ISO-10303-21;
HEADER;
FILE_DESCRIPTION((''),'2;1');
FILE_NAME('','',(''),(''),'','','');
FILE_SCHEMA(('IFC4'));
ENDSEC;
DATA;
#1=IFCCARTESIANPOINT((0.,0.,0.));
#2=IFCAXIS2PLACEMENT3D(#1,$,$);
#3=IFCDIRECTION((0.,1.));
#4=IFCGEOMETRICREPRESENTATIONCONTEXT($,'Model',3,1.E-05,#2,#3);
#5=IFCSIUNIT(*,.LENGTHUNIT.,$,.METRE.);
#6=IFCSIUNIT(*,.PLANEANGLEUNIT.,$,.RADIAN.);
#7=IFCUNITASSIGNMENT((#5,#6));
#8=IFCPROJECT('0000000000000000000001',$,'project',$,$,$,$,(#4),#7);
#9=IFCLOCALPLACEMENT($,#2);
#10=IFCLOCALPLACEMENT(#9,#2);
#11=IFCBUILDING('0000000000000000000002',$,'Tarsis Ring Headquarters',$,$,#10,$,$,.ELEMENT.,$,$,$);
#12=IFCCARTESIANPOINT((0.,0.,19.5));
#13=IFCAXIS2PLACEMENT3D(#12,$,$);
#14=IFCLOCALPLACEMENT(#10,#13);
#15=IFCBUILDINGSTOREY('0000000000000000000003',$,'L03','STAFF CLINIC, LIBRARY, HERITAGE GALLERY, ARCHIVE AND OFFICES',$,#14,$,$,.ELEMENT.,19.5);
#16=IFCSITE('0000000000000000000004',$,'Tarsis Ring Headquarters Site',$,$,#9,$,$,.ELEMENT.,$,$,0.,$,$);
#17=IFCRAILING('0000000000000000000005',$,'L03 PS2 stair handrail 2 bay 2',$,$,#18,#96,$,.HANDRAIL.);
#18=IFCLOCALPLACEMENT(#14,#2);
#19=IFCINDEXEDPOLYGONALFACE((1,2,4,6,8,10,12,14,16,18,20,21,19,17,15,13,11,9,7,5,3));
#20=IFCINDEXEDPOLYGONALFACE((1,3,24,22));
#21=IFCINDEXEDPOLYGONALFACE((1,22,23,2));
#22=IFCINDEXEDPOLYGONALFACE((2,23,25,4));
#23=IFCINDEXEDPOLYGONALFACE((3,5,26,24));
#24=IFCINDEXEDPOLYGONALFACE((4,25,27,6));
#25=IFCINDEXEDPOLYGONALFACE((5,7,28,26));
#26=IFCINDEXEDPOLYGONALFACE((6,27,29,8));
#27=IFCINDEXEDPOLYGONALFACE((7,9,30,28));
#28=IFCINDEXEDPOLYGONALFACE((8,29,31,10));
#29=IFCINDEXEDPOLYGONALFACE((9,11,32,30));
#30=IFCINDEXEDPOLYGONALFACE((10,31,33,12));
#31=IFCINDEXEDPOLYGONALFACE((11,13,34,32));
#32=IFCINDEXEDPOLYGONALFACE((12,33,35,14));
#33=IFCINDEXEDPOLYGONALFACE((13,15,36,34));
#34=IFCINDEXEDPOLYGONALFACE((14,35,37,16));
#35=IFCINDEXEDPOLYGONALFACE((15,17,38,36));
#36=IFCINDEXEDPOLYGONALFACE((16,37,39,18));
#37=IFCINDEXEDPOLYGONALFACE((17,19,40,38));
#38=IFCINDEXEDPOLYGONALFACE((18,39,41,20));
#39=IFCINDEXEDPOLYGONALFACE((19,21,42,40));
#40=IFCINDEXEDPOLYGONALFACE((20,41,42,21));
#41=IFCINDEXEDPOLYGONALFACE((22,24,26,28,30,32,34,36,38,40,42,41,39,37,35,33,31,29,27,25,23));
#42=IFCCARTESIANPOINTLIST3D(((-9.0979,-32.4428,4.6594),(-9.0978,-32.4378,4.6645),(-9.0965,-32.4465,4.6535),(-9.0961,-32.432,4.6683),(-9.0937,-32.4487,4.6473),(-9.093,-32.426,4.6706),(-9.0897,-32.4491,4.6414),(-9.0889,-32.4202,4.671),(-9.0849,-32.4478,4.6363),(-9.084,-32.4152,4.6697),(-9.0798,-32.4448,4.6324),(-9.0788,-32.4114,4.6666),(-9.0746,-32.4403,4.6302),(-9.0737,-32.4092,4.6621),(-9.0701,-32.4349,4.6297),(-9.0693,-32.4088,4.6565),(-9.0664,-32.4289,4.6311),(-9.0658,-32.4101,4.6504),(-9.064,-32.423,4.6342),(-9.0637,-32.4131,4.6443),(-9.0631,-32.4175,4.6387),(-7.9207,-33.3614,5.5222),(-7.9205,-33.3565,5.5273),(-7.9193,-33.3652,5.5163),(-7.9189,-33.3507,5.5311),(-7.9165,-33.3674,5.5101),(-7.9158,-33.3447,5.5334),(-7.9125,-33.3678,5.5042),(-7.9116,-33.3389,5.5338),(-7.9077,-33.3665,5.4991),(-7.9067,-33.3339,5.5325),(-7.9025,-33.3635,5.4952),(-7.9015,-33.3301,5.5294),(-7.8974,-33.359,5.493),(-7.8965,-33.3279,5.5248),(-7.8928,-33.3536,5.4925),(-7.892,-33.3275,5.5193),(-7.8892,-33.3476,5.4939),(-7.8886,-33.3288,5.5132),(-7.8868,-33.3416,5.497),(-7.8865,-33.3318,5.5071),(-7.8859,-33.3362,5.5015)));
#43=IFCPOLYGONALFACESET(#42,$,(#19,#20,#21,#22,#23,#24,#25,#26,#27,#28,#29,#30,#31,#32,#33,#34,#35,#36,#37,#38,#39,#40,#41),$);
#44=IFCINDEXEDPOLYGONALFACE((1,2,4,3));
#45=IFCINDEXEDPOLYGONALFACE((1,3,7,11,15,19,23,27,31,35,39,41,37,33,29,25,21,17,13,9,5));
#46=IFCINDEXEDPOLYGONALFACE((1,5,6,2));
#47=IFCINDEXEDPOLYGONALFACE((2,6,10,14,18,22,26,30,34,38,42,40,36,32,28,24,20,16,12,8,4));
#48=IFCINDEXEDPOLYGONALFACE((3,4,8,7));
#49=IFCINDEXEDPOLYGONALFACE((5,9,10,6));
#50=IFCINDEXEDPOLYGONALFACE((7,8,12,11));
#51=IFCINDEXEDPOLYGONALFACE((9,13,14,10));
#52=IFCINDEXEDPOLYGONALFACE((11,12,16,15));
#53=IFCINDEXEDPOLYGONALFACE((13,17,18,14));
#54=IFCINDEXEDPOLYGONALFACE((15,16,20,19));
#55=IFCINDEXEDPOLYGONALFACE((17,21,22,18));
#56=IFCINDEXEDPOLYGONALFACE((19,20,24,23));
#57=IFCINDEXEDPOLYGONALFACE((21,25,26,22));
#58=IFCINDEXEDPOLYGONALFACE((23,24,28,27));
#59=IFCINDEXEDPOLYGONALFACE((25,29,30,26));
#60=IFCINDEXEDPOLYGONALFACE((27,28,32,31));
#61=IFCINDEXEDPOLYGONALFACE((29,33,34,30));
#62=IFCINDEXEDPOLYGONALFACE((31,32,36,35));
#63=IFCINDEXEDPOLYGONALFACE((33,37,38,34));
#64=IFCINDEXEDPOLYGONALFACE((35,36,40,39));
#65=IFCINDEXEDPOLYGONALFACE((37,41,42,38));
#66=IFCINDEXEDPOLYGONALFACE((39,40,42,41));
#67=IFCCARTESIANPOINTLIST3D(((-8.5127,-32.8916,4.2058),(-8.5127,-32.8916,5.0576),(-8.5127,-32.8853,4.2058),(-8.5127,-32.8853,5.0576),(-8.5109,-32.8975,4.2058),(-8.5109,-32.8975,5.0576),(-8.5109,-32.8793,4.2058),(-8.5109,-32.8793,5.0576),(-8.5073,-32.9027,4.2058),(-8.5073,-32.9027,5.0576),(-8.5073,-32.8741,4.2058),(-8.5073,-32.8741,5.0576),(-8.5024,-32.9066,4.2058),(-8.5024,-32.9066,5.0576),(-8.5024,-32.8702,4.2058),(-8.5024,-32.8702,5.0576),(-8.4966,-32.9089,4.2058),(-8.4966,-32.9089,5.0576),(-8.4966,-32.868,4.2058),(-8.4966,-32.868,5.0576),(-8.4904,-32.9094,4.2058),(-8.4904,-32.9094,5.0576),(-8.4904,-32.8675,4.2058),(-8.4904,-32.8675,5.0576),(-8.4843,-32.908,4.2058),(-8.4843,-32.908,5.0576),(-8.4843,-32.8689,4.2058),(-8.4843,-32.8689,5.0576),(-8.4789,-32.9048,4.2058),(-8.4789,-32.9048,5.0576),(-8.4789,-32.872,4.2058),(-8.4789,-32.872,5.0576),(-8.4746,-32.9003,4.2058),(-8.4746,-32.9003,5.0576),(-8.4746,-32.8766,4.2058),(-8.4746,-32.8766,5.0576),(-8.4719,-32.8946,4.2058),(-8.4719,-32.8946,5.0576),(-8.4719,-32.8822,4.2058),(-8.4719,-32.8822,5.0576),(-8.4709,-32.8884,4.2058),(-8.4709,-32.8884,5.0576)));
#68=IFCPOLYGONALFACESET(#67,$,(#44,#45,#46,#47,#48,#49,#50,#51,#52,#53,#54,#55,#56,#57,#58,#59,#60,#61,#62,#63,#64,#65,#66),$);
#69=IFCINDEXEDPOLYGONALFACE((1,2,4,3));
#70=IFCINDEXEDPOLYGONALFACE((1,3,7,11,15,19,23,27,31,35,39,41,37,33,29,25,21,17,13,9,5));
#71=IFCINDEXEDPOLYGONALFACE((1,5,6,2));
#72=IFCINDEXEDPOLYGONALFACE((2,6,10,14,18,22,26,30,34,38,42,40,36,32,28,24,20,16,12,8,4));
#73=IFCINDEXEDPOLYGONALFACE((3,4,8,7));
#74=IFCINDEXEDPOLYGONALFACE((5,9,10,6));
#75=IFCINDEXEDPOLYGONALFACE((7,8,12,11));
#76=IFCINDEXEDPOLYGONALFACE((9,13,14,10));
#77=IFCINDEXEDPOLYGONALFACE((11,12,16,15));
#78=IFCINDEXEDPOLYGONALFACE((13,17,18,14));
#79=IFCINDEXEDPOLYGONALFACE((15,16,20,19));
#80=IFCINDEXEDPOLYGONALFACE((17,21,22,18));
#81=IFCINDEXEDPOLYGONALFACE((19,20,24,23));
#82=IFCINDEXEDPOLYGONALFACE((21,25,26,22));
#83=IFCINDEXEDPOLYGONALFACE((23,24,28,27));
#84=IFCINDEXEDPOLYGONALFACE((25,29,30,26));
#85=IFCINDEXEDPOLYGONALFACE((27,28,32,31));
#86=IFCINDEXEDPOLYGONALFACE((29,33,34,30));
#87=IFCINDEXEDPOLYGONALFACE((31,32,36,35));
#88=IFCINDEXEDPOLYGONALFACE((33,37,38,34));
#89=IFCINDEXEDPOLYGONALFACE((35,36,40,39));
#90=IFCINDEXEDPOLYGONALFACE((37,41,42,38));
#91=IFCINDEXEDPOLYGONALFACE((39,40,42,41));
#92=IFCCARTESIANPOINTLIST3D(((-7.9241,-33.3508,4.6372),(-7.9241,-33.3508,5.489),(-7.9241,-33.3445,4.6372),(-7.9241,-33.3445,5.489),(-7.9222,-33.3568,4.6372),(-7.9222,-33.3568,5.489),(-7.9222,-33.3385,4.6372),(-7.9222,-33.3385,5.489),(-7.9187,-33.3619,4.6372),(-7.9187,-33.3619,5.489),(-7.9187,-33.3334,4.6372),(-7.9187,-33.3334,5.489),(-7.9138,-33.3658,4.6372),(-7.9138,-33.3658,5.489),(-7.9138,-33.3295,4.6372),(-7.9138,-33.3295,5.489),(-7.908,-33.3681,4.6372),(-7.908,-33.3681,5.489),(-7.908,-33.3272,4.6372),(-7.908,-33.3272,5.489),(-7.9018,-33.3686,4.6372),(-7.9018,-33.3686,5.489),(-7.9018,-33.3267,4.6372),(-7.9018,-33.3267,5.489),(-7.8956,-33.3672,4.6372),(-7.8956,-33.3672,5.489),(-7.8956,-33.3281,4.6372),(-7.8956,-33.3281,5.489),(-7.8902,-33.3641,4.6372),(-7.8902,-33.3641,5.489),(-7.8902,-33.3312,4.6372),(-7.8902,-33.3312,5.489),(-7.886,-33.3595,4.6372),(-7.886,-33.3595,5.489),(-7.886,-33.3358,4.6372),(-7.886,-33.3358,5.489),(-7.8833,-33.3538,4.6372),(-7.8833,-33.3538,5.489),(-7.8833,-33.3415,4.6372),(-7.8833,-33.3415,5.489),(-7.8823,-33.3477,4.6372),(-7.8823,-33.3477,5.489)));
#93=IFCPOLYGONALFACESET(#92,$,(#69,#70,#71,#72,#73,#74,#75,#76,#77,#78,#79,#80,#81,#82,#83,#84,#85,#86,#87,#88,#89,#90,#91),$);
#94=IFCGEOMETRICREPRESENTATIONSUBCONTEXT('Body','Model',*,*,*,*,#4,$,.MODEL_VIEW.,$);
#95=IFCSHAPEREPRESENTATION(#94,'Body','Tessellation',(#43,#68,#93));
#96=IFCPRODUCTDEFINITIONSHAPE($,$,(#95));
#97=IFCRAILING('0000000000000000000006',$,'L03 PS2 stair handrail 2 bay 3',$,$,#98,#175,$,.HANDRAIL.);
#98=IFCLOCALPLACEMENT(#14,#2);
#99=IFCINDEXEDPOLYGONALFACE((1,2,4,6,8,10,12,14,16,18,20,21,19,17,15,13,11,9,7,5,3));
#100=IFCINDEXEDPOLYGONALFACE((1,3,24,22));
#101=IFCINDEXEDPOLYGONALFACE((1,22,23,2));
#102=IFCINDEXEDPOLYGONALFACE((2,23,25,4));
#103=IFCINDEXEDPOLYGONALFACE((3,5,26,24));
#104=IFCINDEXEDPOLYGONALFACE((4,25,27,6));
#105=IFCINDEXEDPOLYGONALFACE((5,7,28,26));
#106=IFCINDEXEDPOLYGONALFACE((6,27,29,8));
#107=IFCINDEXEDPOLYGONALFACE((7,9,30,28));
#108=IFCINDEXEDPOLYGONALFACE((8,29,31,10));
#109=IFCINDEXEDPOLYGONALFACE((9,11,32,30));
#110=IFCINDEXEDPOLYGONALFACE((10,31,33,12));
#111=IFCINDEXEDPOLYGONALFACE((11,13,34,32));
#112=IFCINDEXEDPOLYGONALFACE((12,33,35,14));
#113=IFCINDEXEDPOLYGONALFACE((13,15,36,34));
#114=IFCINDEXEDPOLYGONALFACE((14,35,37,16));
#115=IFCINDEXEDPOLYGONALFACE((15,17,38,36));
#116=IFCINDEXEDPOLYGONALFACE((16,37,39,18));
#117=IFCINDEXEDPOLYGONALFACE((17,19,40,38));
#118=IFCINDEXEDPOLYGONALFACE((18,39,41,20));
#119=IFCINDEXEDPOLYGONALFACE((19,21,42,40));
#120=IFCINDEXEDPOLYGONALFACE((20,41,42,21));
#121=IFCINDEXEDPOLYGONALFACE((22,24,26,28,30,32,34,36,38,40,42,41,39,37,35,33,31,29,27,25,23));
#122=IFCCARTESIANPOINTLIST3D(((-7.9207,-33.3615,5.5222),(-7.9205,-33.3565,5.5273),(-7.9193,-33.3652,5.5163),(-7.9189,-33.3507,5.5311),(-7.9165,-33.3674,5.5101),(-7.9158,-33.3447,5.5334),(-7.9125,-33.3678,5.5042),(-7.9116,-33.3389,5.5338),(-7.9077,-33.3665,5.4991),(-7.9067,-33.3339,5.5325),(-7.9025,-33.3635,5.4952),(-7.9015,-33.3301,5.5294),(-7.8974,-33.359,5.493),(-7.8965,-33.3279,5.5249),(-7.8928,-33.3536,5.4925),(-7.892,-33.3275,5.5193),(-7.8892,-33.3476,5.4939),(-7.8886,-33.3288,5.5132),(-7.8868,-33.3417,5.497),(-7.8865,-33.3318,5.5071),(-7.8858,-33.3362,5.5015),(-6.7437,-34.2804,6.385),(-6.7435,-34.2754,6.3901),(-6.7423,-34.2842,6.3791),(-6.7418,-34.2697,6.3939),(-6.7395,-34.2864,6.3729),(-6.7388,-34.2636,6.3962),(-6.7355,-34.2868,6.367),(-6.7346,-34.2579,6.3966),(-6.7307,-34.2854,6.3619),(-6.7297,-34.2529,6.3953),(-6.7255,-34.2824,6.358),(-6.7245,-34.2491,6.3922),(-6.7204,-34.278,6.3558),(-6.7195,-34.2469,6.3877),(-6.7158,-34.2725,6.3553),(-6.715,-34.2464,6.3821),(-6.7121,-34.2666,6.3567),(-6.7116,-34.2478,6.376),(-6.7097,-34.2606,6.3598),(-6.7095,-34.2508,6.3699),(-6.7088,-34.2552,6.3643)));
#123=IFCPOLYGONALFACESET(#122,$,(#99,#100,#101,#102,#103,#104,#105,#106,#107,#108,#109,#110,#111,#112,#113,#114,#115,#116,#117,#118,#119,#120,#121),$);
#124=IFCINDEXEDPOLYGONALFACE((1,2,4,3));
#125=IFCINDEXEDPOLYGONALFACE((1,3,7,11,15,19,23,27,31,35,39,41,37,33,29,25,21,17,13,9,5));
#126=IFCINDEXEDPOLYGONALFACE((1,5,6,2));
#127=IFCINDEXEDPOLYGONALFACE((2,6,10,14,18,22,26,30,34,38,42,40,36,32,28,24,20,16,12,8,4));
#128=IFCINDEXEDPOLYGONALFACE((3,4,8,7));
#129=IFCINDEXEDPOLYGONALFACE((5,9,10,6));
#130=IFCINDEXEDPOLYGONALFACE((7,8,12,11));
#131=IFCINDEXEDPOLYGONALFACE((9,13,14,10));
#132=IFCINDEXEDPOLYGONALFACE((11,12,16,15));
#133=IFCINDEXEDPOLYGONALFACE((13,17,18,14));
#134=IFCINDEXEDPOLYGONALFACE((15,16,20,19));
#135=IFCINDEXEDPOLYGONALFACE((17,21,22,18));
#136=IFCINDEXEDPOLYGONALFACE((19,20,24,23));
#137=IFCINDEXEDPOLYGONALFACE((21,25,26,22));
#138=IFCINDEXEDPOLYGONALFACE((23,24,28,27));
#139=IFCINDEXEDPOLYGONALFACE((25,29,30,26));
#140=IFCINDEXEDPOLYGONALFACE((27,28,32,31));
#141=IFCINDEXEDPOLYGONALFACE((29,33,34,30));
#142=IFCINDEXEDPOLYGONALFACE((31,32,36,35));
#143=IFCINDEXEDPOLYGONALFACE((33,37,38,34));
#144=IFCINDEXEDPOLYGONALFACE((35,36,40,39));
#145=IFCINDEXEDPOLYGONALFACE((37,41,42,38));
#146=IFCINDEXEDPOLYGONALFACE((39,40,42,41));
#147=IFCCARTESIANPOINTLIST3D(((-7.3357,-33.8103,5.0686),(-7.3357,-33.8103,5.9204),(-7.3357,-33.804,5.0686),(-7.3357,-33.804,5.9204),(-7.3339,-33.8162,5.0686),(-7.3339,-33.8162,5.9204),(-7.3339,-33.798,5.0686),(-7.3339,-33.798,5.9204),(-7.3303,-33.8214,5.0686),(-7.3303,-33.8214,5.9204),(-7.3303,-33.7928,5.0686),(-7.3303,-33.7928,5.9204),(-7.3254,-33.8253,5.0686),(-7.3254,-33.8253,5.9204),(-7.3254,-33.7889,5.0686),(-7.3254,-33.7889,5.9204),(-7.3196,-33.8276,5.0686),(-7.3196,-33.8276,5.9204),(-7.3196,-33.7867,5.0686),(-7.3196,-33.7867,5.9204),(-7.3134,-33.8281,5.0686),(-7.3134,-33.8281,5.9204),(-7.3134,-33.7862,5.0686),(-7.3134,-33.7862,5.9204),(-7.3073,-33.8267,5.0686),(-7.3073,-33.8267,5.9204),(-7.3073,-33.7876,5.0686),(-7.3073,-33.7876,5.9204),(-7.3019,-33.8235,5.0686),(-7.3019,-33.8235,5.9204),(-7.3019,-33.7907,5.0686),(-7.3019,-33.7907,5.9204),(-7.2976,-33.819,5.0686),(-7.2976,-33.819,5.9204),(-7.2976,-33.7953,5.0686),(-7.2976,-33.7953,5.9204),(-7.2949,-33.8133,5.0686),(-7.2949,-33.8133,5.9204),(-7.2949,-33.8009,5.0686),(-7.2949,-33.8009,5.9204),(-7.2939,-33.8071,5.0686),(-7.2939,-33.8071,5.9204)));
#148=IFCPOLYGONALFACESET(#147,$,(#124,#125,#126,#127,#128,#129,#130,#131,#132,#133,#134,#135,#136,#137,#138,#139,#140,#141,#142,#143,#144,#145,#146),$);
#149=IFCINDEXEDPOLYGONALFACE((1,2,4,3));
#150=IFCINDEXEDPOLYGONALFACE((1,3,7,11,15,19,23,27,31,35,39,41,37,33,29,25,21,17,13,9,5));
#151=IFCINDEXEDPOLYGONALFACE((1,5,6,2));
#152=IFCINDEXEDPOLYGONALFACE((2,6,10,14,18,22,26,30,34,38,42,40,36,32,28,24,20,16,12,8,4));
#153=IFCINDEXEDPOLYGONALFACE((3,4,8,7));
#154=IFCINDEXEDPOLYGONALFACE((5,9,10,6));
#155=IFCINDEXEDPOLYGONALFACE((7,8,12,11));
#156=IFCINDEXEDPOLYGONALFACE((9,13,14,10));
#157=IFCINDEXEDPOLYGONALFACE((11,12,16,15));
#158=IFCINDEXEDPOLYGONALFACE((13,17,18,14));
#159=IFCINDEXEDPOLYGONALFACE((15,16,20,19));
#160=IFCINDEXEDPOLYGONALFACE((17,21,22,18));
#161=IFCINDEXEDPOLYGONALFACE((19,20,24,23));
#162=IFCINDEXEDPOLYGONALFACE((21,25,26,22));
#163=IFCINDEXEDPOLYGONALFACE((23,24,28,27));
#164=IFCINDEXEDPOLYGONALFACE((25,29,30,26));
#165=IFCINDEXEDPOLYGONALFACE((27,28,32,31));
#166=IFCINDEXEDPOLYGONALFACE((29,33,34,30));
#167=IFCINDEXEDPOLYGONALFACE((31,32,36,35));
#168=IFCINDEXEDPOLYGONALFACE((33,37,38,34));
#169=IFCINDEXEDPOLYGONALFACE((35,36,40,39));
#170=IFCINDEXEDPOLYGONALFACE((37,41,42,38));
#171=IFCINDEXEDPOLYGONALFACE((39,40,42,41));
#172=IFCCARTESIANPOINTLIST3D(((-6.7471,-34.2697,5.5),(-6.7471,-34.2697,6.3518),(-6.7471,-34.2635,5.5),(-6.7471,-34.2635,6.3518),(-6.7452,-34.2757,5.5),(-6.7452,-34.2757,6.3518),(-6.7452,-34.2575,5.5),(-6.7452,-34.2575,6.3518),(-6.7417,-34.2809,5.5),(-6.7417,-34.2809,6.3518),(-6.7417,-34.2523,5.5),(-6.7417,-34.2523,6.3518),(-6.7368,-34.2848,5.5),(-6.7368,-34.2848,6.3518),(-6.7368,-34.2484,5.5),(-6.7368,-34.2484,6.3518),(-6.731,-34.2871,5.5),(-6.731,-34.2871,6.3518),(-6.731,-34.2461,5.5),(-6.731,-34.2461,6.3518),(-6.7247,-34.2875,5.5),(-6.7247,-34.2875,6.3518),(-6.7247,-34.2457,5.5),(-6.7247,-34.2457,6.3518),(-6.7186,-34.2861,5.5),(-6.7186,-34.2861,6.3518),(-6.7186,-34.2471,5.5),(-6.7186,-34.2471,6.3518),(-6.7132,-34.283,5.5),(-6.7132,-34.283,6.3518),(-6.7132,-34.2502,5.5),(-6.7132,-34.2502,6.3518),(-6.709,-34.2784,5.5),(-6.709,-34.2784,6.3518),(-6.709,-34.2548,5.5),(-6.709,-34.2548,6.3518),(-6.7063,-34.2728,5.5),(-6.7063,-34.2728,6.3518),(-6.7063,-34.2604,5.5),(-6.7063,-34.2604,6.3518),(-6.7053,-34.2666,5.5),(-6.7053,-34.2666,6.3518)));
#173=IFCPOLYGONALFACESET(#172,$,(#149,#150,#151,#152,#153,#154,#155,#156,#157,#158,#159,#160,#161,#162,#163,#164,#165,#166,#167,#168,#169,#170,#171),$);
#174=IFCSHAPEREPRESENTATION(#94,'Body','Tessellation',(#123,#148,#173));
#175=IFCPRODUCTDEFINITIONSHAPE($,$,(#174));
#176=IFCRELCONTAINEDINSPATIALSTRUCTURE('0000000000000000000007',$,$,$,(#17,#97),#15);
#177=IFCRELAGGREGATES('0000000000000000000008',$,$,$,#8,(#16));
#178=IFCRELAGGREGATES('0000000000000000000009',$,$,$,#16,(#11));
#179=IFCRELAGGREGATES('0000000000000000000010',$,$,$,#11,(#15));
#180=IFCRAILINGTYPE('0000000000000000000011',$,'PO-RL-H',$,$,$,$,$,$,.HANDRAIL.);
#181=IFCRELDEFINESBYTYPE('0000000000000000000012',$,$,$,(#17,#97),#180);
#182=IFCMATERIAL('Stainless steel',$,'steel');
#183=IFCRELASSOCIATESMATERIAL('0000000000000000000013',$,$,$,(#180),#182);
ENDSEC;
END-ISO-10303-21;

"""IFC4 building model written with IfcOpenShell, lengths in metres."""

from ifc_helpers import new_model, si_unit, direction, frame, origin, origin_2d, place, context, subcontext, project, spatial, circle, extrude, material, type_object, element, save


model = new_model("IFC4")

# Units and contexts
model_context = context("Model", 3, precision=1e-05, world=origin(), true_north=direction((0.0, 1.0)))
body_context = subcontext(model_context, "Body", "Model", "MODEL_VIEW")
ifc_project = project(units=[si_unit("LENGTHUNIT", "METRE"), si_unit("PLANEANGLEUNIT", "RADIAN")], contexts=[model_context])

# Site, building, storey
site_placement = place(None, origin())
site = spatial("IfcSite", under=ifc_project, at=site_placement, Name="Tarsis Ring Headquarters Site", CompositionType="ELEMENT", RefElevation=0.0)
building_placement = place(site_placement, origin())
building = spatial("IfcBuilding", under=site, at=building_placement, Name="Tarsis Ring Headquarters", CompositionType="ELEMENT")
storey_placement = place(building_placement, frame((0.0, 0.0, 19.5)))
storey = spatial("IfcBuildingStorey", under=building, at=storey_placement, Name="L03", Description="STAFF CLINIC, LIBRARY, HERITAGE GALLERY, ARCHIVE AND OFFICES", CompositionType="ELEMENT", Elevation=19.5)

# Railings
ifc_material_1 = material(Name="Stainless steel", Category="steel")
railing_type_1 = type_object("IfcRailingType", Name="PO-RL-H", PredefinedType="HANDRAIL", material=ifc_material_1)
railing_1_placement = place(storey_placement, frame((-9.0806, -32.429, 3.7744)))
element("IfcRailing", 1, at=railing_1_placement, inside=storey, type_object=railing_type_1, Name="L03 PS2 stair handrail 2 bay 2", PredefinedType="HANDRAIL", context=body_context, shape_type="SweptSolid", body=[
    extrude(circle(Radius=0.0239, at=origin_2d()), frame((0.0, 0.0, 0.876), z_axis=(0.68261, -0.532696, 0.500279), x_axis=(0.615219, 0.788356, 0.0)), (0.0, 0.0, 1.0), 1.7246),
    extrude(circle(Radius=0.021, at=origin_2d()), frame((0.5886, -0.4595, 0.4314)), (0.0, 0.0, 1.0), 0.8518),
    extrude(circle(Radius=0.021, at=origin_2d()), frame((1.1772, -0.9187, 0.8628)), (0.0, 0.0, 1.0), 0.8518),
])
railing_2_placement = place(storey_placement, frame((-7.9033, -33.3477, 4.6372)))
element("IfcRailing", 2, at=railing_2_placement, inside=storey, type_object=railing_type_1, Name="L03 PS2 stair handrail 2 bay 3", PredefinedType="HANDRAIL", context=body_context, shape_type="SweptSolid", body=[
    extrude(circle(Radius=0.0239, at=origin_2d()), frame((0.0, 0.0, 0.876), z_axis=(0.682483, -0.532849, 0.500289), x_axis=(0.6154, 0.788215, 0.0)), (0.0, 0.0, 1.0), 1.7246),
    extrude(circle(Radius=0.021, at=origin_2d()), frame((0.5884, -0.4595, 0.4314)), (0.0, 0.0, 1.0), 0.8518),
    extrude(circle(Radius=0.021, at=origin_2d()), frame((1.177, -0.9189, 0.8628)), (0.0, 0.0, 1.0), 0.8518),
])

save(model, "model.ifc")
